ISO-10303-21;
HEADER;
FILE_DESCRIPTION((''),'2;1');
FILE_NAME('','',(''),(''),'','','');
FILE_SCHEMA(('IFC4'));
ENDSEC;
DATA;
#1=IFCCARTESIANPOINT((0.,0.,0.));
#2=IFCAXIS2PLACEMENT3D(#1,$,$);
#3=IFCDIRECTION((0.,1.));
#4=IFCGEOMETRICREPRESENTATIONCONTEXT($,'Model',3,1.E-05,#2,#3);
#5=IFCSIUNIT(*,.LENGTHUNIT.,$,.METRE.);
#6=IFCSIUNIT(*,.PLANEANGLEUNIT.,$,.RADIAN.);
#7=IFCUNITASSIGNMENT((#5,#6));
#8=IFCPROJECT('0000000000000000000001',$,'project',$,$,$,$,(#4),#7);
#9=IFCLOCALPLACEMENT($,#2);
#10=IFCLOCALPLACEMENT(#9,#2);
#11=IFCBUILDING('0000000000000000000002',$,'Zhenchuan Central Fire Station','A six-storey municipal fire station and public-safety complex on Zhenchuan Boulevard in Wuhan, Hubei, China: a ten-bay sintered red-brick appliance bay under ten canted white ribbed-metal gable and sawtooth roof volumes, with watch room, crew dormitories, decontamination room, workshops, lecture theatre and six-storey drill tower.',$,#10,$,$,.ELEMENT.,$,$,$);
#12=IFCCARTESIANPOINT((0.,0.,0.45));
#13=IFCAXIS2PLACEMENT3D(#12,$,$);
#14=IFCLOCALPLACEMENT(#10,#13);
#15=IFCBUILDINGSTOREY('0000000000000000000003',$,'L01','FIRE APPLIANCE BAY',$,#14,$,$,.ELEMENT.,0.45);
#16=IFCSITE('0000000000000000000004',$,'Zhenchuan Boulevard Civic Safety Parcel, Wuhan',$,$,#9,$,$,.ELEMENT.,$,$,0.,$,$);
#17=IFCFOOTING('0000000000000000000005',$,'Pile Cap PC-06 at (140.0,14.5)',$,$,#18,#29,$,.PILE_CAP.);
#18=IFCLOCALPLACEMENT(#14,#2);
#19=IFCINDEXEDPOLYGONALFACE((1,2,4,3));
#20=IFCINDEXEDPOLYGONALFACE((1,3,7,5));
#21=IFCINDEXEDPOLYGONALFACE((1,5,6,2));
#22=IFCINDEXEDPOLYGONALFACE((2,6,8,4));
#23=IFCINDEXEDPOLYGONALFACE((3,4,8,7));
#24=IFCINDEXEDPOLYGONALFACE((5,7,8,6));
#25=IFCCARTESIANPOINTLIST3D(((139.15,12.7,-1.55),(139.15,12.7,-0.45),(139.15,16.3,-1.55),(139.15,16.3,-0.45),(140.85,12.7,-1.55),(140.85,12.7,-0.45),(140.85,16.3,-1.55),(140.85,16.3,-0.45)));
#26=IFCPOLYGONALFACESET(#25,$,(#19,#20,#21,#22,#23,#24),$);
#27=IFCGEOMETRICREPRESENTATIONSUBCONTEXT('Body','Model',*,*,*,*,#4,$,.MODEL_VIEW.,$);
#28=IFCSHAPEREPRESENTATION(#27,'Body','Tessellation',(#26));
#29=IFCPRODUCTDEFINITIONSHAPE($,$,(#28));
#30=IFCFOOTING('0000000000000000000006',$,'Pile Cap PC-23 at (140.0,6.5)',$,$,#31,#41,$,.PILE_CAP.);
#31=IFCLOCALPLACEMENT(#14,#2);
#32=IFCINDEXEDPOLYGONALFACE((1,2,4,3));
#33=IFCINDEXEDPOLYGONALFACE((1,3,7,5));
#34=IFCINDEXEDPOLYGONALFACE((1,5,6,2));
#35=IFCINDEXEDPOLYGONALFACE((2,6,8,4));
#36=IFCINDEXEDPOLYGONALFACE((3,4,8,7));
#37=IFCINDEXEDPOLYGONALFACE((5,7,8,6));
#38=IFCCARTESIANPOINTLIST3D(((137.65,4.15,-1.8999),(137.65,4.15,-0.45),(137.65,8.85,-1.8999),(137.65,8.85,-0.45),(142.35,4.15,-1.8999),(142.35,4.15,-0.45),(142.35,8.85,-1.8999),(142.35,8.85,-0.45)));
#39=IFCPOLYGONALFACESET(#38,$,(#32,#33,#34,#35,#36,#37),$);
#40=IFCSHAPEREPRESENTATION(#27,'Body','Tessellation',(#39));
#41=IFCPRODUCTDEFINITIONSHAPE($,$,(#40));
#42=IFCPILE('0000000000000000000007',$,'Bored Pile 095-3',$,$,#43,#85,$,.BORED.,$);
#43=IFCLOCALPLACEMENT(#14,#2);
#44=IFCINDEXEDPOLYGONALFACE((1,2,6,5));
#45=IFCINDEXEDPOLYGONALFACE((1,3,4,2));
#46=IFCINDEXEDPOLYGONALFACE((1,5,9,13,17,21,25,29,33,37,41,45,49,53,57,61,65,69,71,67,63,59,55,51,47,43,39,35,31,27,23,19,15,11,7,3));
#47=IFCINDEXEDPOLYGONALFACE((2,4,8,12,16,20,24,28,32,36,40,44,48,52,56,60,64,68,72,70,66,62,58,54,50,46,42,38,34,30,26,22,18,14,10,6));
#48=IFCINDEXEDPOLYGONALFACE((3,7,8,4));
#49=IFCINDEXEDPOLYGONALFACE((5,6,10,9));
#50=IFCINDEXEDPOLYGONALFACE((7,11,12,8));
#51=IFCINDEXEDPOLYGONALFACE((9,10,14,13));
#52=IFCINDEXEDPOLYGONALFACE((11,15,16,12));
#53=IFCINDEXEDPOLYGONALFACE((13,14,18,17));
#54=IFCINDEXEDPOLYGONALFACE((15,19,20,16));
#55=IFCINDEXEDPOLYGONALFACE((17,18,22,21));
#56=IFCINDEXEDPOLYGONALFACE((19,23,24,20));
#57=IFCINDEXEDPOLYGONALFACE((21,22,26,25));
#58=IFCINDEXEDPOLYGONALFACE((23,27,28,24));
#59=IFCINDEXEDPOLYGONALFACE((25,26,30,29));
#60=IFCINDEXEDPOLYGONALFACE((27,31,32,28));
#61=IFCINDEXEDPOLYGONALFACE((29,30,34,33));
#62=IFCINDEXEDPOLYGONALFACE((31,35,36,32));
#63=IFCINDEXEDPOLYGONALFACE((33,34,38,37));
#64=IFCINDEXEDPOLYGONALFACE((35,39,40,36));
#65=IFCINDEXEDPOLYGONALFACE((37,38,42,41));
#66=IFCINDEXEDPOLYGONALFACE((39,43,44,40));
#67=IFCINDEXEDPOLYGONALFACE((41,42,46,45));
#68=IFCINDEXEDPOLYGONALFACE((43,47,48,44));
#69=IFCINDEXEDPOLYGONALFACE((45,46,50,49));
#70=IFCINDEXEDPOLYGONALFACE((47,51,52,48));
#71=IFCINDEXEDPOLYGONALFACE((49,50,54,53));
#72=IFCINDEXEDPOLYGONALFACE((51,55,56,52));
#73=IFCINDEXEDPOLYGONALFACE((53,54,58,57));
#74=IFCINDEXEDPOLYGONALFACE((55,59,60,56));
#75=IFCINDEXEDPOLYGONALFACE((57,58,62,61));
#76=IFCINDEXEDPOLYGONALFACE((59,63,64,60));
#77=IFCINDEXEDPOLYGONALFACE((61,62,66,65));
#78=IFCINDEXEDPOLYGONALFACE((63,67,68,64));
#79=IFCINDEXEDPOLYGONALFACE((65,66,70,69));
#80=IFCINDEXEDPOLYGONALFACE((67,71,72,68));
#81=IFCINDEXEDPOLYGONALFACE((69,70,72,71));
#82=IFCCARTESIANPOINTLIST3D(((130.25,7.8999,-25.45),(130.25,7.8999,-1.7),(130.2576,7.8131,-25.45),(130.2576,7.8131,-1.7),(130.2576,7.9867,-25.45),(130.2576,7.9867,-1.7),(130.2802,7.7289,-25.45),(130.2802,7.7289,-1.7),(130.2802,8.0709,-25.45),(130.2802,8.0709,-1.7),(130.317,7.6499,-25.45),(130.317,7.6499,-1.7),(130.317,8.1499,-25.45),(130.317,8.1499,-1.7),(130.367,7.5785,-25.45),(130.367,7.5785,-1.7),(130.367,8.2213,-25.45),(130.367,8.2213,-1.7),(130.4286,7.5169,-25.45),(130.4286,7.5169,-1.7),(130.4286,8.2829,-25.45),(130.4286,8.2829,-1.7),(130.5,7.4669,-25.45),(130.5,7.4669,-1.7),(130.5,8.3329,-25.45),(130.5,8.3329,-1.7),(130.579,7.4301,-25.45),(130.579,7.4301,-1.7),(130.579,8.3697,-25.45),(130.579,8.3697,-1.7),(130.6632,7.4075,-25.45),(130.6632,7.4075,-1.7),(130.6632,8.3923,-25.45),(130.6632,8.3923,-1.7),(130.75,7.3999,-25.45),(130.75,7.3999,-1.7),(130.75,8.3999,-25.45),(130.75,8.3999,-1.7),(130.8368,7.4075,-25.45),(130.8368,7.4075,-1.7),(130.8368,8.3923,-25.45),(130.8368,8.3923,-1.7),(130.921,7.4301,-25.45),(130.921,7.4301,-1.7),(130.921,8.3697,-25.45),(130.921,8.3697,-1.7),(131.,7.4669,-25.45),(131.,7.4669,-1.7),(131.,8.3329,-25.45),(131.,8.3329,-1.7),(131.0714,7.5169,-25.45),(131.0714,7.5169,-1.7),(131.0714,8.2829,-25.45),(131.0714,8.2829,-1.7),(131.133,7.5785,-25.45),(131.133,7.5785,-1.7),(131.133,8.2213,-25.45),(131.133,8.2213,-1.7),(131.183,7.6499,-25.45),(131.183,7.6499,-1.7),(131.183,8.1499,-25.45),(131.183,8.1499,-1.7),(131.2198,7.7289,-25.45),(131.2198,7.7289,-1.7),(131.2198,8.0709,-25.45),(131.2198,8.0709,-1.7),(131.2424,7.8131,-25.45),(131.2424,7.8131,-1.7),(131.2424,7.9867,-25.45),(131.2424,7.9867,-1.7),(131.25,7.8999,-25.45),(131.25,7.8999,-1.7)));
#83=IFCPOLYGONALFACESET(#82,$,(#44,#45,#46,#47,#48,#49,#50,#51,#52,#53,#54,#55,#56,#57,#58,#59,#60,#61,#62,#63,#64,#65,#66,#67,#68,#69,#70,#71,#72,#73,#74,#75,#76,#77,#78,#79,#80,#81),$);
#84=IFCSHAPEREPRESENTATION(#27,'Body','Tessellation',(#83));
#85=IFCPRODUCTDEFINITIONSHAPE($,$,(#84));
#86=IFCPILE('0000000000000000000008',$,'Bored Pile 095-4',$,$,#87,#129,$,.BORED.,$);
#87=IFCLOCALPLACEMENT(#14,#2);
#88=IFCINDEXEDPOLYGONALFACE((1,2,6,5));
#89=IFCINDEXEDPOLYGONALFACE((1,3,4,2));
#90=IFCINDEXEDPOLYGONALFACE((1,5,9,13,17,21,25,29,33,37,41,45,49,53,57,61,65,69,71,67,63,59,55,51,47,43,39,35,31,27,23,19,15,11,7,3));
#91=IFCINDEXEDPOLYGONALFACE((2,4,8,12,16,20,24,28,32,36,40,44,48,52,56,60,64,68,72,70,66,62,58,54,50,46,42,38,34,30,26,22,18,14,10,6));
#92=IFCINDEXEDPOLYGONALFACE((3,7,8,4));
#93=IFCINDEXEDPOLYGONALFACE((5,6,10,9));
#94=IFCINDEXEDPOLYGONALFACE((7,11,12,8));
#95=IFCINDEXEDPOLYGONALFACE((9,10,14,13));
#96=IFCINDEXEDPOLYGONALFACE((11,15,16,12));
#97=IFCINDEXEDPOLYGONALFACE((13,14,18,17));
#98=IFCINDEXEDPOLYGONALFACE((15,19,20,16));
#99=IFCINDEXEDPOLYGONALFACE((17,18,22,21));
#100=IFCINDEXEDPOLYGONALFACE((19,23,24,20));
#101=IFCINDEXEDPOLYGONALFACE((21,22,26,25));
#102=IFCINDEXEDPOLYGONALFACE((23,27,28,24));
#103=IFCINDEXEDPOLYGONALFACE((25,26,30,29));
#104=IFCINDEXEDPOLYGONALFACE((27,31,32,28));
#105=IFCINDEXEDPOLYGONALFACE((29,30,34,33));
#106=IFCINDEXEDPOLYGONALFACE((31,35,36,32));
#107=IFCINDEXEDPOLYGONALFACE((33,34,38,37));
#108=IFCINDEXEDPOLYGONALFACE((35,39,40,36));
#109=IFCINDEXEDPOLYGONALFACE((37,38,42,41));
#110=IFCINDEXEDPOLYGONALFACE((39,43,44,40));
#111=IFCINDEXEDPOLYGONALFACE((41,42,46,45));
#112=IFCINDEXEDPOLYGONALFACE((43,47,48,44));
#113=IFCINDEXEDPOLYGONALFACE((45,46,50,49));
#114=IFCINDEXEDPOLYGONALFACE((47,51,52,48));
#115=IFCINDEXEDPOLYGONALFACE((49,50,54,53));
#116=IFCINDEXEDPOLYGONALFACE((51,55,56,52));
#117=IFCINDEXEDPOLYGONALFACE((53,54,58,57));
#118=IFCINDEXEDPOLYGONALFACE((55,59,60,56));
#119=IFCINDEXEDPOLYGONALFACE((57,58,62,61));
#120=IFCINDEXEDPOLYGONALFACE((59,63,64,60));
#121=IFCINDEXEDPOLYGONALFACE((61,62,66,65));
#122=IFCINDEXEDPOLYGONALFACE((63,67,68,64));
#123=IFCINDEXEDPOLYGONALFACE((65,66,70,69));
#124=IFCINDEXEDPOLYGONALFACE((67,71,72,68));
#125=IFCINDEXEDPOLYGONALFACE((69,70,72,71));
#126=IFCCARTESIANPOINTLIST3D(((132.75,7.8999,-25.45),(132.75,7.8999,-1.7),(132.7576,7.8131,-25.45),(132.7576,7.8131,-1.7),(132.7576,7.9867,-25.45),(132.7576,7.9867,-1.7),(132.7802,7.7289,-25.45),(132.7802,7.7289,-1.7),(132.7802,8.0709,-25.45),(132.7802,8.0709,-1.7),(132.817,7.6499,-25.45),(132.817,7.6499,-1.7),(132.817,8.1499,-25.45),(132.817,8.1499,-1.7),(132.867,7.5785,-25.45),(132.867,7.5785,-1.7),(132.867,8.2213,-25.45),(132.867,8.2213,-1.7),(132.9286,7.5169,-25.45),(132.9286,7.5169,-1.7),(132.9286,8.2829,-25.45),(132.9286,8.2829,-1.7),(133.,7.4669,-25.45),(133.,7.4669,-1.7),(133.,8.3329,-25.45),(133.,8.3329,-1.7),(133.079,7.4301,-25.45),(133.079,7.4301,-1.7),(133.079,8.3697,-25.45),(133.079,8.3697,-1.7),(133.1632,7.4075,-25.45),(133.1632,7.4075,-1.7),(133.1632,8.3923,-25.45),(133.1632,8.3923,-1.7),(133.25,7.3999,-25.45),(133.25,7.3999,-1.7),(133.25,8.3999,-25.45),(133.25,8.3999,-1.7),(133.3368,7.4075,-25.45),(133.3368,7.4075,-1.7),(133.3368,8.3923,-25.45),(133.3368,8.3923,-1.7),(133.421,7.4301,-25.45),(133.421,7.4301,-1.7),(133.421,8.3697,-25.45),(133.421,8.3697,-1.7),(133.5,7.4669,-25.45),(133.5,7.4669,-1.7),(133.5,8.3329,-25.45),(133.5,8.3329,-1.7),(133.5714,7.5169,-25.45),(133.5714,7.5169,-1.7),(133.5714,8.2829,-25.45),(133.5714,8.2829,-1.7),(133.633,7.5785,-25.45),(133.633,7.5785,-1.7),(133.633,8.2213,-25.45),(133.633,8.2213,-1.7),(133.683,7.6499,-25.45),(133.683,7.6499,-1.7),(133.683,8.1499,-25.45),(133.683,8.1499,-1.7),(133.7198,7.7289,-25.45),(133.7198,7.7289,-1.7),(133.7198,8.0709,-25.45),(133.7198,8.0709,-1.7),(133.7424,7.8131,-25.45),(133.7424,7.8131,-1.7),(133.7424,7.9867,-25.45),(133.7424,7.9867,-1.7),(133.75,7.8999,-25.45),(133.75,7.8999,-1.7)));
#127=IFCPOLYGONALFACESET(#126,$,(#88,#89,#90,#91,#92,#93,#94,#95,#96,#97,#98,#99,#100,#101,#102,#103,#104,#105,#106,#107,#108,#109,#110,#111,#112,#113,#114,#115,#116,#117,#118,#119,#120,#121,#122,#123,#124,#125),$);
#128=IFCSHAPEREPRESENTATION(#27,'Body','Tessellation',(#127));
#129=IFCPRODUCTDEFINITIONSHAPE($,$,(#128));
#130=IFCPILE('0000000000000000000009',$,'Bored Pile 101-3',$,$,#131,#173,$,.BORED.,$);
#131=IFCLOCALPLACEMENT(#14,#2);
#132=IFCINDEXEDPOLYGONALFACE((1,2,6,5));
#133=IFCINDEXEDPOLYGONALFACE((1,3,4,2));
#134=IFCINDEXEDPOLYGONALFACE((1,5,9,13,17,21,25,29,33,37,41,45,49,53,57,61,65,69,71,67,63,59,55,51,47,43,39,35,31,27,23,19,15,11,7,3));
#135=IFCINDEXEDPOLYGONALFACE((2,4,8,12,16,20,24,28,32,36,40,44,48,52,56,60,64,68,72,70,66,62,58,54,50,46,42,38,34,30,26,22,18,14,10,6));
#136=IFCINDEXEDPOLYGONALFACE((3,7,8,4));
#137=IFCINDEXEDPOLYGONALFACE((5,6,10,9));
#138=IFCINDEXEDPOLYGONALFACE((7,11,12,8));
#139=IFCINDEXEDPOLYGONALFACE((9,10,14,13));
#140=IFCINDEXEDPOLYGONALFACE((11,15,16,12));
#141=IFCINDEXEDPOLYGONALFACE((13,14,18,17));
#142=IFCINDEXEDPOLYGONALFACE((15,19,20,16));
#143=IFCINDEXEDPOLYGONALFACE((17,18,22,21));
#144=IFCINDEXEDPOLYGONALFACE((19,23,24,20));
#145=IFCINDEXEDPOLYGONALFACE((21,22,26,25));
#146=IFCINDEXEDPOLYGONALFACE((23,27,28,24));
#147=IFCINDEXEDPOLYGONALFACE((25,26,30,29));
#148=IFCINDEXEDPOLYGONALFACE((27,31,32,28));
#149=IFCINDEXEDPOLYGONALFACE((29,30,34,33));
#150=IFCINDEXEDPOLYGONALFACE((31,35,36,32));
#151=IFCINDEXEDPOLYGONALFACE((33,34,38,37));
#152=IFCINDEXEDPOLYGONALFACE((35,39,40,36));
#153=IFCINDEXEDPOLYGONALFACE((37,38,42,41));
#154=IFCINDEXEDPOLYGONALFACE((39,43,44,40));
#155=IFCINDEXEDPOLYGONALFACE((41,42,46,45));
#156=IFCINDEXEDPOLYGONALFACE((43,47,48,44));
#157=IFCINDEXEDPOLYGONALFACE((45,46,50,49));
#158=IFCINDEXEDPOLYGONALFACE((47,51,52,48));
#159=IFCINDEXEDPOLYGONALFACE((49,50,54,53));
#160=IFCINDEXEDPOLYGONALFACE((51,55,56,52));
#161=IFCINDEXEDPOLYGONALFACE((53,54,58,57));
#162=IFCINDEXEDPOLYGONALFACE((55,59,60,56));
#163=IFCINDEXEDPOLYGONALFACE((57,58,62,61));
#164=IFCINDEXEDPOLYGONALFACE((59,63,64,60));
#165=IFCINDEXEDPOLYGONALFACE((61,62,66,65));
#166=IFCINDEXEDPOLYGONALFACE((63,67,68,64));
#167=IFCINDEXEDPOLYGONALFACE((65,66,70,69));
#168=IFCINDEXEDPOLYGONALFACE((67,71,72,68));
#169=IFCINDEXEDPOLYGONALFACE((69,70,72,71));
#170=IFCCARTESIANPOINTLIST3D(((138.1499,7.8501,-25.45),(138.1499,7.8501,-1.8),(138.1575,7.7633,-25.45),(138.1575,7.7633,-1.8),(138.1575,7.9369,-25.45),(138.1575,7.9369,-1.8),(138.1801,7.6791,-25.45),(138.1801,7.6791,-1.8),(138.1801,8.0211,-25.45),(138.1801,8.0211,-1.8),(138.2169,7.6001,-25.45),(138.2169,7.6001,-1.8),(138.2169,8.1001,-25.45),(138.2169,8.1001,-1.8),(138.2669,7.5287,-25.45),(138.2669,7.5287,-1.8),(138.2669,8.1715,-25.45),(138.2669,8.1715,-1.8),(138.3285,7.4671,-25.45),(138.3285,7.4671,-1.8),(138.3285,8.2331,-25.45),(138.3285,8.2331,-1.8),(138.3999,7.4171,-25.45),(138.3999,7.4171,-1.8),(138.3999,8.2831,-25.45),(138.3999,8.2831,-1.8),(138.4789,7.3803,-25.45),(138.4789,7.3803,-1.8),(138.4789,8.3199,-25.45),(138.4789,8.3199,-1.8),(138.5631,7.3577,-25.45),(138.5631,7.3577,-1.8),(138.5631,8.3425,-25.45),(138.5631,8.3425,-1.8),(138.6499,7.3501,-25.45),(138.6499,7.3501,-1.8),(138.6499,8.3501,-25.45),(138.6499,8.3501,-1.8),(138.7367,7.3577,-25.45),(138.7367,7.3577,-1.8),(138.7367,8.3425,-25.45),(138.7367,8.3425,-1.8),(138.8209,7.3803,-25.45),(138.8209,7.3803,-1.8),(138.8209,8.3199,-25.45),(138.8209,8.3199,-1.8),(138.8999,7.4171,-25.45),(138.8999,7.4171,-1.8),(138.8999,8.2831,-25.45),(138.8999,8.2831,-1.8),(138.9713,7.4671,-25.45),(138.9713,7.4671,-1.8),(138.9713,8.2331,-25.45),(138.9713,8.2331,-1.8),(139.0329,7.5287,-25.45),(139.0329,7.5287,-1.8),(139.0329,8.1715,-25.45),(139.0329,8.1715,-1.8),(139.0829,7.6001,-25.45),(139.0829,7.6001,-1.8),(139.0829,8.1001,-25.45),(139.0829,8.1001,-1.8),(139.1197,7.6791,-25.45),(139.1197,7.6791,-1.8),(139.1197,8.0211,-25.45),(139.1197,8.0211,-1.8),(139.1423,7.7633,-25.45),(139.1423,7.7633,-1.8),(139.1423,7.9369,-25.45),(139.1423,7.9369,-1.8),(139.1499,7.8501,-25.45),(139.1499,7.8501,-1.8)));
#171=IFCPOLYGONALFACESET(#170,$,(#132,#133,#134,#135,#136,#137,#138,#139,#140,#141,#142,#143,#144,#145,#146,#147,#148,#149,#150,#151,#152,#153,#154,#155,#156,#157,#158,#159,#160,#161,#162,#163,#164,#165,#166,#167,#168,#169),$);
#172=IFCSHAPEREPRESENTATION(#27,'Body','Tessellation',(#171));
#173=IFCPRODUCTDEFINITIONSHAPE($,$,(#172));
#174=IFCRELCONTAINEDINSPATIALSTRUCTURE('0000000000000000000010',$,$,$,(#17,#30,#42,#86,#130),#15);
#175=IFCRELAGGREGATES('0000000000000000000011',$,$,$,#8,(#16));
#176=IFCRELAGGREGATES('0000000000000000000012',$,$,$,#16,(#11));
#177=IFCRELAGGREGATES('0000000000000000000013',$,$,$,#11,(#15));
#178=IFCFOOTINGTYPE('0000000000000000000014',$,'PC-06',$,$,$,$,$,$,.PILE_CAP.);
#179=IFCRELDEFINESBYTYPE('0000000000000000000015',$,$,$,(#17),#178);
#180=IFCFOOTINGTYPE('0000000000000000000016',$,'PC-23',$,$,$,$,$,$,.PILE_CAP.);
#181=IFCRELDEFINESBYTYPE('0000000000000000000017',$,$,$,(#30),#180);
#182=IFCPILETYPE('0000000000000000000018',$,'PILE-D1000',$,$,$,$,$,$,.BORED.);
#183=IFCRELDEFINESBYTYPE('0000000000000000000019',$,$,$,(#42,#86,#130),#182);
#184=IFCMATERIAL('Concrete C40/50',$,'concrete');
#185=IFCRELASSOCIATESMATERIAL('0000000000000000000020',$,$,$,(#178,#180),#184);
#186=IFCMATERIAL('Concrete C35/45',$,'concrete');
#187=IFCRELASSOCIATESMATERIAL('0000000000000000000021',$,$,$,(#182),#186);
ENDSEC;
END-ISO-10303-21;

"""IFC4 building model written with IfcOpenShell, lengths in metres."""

from ifc_helpers import new_model, si_unit, direction, frame, origin, origin_2d, place, context, subcontext, project, spatial, rectangle, circle, extrude, material, material_profile, profile_set, type_object, element, save


model = new_model("IFC4")

# Units and contexts
model_context = context("Model", 3, precision=1e-05, world=origin(), true_north=direction((0.0, 1.0)))
body_context = subcontext(model_context, "Body", "Model", "MODEL_VIEW")
ifc_project = project(units=[si_unit("LENGTHUNIT", "METRE"), si_unit("PLANEANGLEUNIT", "RADIAN")], contexts=[model_context])

# Site, building, storey
site_placement = place(None, origin())
site = spatial("IfcSite", under=ifc_project, at=site_placement, Name="Zhenchuan Boulevard Civic Safety Parcel, Wuhan", CompositionType="ELEMENT", RefElevation=0.0)
building_placement = place(site_placement, origin())
building = spatial("IfcBuilding", under=site, at=building_placement, Name="Zhenchuan Central Fire Station", Description="A six-storey municipal fire station and public-safety complex on Zhenchuan Boulevard in Wuhan, Hubei, China: a ten-bay sintered red-brick appliance bay under ten canted white ribbed-metal gable and sawtooth roof volumes, with watch room, crew dormitories, decontamination room, workshops, lecture theatre and six-storey drill tower.", CompositionType="ELEMENT")
storey_placement = place(building_placement, frame((0.0, 0.0, 0.45)))
storey = spatial("IfcBuildingStorey", under=building, at=storey_placement, Name="L01", Description="FIRE APPLIANCE BAY", CompositionType="ELEMENT", Elevation=0.45)

# Footings
ifc_material_1 = material(Name="Concrete C40/50", Category="concrete")
footing_type_1 = type_object("IfcFootingType", Name="PC-06", PredefinedType="PILE_CAP", material=ifc_material_1)
footing_1_placement = place(storey_placement, frame((140.0, 14.5, -1.55), z_axis=(0.0, 0.0, 1.0), x_axis=(1.0, 0.0, 0.0)))
element("IfcFooting", 1, at=footing_1_placement, inside=storey, type_object=footing_type_1, Name="Pile Cap PC-06 at (140.0,14.5)", PredefinedType="PILE_CAP", context=body_context, shape_type="SweptSolid", body=[
    extrude(rectangle(XDim=1.7, YDim=3.6001, at=origin_2d()), origin(), (0.0, 0.0, 1.0), 1.1001),
])
footing_type_2 = type_object("IfcFootingType", Name="PC-23", PredefinedType="PILE_CAP", material=ifc_material_1)
footing_2_placement = place(storey_placement, frame((140.0, 6.5, -1.8999), z_axis=(0.0, 0.0, 1.0), x_axis=(1.0, 0.0, 0.0)))
element("IfcFooting", 2, at=footing_2_placement, inside=storey, type_object=footing_type_2, Name="Pile Cap PC-23 at (140.0,6.5)", PredefinedType="PILE_CAP", context=body_context, shape_type="SweptSolid", body=[
    extrude(rectangle(XDim=4.7, YDim=4.7, at=origin_2d()), origin(), (0.0, 0.0, 1.0), 1.45),
])

# Piles
ifc_material_2 = material(Name="Concrete C35/45", Category="concrete")
ifc_material_profile_1 = material_profile(ifc_material_2, circle(Radius=0.5, at=origin_2d()), Name="PILE D1000")
ifc_profile_set_1 = profile_set([ifc_material_profile_1], Name="Concrete C35/45")
pile_type_1 = type_object("IfcPileType", Name="PILE-D1000", PredefinedType="BORED", material=ifc_profile_set_1)
for number, where, z_axis, x_axis, name in (
    (3, (130.75, 7.8999, -1.7), (0.0, 0.0, -1.0), (1.0, 0.0, 0.0), "Bored Pile 095-3"),
    (4, (133.25, 7.8999, -1.7), (0.0, 0.0, -1.0), (1.0, 0.0, 0.0), "Bored Pile 095-4"),
):
    element("IfcPile", number, at=place(storey_placement, frame(where, z_axis=z_axis, x_axis=x_axis)), inside=storey, type_object=pile_type_1, Name=name, PredefinedType="BORED", context=body_context, shape_type="SweptSolid", body=[
        extrude(circle(Radius=0.5, at=origin_2d()), origin(), (0.0, 0.0, 1.0), 23.75),
    ])
pile_1_placement = place(storey_placement, frame((138.6499, 7.8501, -1.8), z_axis=(0.0, 0.0, -1.0), x_axis=(1.0, 0.0, 0.0)))
element("IfcPile", 5, at=pile_1_placement, inside=storey, type_object=pile_type_1, Name="Bored Pile 101-3", PredefinedType="BORED", context=body_context, shape_type="SweptSolid", body=[
    extrude(circle(Radius=0.5, at=origin_2d()), origin(), (0.0, 0.0, 1.0), 23.6499),
])

save(model, "model.ifc")
